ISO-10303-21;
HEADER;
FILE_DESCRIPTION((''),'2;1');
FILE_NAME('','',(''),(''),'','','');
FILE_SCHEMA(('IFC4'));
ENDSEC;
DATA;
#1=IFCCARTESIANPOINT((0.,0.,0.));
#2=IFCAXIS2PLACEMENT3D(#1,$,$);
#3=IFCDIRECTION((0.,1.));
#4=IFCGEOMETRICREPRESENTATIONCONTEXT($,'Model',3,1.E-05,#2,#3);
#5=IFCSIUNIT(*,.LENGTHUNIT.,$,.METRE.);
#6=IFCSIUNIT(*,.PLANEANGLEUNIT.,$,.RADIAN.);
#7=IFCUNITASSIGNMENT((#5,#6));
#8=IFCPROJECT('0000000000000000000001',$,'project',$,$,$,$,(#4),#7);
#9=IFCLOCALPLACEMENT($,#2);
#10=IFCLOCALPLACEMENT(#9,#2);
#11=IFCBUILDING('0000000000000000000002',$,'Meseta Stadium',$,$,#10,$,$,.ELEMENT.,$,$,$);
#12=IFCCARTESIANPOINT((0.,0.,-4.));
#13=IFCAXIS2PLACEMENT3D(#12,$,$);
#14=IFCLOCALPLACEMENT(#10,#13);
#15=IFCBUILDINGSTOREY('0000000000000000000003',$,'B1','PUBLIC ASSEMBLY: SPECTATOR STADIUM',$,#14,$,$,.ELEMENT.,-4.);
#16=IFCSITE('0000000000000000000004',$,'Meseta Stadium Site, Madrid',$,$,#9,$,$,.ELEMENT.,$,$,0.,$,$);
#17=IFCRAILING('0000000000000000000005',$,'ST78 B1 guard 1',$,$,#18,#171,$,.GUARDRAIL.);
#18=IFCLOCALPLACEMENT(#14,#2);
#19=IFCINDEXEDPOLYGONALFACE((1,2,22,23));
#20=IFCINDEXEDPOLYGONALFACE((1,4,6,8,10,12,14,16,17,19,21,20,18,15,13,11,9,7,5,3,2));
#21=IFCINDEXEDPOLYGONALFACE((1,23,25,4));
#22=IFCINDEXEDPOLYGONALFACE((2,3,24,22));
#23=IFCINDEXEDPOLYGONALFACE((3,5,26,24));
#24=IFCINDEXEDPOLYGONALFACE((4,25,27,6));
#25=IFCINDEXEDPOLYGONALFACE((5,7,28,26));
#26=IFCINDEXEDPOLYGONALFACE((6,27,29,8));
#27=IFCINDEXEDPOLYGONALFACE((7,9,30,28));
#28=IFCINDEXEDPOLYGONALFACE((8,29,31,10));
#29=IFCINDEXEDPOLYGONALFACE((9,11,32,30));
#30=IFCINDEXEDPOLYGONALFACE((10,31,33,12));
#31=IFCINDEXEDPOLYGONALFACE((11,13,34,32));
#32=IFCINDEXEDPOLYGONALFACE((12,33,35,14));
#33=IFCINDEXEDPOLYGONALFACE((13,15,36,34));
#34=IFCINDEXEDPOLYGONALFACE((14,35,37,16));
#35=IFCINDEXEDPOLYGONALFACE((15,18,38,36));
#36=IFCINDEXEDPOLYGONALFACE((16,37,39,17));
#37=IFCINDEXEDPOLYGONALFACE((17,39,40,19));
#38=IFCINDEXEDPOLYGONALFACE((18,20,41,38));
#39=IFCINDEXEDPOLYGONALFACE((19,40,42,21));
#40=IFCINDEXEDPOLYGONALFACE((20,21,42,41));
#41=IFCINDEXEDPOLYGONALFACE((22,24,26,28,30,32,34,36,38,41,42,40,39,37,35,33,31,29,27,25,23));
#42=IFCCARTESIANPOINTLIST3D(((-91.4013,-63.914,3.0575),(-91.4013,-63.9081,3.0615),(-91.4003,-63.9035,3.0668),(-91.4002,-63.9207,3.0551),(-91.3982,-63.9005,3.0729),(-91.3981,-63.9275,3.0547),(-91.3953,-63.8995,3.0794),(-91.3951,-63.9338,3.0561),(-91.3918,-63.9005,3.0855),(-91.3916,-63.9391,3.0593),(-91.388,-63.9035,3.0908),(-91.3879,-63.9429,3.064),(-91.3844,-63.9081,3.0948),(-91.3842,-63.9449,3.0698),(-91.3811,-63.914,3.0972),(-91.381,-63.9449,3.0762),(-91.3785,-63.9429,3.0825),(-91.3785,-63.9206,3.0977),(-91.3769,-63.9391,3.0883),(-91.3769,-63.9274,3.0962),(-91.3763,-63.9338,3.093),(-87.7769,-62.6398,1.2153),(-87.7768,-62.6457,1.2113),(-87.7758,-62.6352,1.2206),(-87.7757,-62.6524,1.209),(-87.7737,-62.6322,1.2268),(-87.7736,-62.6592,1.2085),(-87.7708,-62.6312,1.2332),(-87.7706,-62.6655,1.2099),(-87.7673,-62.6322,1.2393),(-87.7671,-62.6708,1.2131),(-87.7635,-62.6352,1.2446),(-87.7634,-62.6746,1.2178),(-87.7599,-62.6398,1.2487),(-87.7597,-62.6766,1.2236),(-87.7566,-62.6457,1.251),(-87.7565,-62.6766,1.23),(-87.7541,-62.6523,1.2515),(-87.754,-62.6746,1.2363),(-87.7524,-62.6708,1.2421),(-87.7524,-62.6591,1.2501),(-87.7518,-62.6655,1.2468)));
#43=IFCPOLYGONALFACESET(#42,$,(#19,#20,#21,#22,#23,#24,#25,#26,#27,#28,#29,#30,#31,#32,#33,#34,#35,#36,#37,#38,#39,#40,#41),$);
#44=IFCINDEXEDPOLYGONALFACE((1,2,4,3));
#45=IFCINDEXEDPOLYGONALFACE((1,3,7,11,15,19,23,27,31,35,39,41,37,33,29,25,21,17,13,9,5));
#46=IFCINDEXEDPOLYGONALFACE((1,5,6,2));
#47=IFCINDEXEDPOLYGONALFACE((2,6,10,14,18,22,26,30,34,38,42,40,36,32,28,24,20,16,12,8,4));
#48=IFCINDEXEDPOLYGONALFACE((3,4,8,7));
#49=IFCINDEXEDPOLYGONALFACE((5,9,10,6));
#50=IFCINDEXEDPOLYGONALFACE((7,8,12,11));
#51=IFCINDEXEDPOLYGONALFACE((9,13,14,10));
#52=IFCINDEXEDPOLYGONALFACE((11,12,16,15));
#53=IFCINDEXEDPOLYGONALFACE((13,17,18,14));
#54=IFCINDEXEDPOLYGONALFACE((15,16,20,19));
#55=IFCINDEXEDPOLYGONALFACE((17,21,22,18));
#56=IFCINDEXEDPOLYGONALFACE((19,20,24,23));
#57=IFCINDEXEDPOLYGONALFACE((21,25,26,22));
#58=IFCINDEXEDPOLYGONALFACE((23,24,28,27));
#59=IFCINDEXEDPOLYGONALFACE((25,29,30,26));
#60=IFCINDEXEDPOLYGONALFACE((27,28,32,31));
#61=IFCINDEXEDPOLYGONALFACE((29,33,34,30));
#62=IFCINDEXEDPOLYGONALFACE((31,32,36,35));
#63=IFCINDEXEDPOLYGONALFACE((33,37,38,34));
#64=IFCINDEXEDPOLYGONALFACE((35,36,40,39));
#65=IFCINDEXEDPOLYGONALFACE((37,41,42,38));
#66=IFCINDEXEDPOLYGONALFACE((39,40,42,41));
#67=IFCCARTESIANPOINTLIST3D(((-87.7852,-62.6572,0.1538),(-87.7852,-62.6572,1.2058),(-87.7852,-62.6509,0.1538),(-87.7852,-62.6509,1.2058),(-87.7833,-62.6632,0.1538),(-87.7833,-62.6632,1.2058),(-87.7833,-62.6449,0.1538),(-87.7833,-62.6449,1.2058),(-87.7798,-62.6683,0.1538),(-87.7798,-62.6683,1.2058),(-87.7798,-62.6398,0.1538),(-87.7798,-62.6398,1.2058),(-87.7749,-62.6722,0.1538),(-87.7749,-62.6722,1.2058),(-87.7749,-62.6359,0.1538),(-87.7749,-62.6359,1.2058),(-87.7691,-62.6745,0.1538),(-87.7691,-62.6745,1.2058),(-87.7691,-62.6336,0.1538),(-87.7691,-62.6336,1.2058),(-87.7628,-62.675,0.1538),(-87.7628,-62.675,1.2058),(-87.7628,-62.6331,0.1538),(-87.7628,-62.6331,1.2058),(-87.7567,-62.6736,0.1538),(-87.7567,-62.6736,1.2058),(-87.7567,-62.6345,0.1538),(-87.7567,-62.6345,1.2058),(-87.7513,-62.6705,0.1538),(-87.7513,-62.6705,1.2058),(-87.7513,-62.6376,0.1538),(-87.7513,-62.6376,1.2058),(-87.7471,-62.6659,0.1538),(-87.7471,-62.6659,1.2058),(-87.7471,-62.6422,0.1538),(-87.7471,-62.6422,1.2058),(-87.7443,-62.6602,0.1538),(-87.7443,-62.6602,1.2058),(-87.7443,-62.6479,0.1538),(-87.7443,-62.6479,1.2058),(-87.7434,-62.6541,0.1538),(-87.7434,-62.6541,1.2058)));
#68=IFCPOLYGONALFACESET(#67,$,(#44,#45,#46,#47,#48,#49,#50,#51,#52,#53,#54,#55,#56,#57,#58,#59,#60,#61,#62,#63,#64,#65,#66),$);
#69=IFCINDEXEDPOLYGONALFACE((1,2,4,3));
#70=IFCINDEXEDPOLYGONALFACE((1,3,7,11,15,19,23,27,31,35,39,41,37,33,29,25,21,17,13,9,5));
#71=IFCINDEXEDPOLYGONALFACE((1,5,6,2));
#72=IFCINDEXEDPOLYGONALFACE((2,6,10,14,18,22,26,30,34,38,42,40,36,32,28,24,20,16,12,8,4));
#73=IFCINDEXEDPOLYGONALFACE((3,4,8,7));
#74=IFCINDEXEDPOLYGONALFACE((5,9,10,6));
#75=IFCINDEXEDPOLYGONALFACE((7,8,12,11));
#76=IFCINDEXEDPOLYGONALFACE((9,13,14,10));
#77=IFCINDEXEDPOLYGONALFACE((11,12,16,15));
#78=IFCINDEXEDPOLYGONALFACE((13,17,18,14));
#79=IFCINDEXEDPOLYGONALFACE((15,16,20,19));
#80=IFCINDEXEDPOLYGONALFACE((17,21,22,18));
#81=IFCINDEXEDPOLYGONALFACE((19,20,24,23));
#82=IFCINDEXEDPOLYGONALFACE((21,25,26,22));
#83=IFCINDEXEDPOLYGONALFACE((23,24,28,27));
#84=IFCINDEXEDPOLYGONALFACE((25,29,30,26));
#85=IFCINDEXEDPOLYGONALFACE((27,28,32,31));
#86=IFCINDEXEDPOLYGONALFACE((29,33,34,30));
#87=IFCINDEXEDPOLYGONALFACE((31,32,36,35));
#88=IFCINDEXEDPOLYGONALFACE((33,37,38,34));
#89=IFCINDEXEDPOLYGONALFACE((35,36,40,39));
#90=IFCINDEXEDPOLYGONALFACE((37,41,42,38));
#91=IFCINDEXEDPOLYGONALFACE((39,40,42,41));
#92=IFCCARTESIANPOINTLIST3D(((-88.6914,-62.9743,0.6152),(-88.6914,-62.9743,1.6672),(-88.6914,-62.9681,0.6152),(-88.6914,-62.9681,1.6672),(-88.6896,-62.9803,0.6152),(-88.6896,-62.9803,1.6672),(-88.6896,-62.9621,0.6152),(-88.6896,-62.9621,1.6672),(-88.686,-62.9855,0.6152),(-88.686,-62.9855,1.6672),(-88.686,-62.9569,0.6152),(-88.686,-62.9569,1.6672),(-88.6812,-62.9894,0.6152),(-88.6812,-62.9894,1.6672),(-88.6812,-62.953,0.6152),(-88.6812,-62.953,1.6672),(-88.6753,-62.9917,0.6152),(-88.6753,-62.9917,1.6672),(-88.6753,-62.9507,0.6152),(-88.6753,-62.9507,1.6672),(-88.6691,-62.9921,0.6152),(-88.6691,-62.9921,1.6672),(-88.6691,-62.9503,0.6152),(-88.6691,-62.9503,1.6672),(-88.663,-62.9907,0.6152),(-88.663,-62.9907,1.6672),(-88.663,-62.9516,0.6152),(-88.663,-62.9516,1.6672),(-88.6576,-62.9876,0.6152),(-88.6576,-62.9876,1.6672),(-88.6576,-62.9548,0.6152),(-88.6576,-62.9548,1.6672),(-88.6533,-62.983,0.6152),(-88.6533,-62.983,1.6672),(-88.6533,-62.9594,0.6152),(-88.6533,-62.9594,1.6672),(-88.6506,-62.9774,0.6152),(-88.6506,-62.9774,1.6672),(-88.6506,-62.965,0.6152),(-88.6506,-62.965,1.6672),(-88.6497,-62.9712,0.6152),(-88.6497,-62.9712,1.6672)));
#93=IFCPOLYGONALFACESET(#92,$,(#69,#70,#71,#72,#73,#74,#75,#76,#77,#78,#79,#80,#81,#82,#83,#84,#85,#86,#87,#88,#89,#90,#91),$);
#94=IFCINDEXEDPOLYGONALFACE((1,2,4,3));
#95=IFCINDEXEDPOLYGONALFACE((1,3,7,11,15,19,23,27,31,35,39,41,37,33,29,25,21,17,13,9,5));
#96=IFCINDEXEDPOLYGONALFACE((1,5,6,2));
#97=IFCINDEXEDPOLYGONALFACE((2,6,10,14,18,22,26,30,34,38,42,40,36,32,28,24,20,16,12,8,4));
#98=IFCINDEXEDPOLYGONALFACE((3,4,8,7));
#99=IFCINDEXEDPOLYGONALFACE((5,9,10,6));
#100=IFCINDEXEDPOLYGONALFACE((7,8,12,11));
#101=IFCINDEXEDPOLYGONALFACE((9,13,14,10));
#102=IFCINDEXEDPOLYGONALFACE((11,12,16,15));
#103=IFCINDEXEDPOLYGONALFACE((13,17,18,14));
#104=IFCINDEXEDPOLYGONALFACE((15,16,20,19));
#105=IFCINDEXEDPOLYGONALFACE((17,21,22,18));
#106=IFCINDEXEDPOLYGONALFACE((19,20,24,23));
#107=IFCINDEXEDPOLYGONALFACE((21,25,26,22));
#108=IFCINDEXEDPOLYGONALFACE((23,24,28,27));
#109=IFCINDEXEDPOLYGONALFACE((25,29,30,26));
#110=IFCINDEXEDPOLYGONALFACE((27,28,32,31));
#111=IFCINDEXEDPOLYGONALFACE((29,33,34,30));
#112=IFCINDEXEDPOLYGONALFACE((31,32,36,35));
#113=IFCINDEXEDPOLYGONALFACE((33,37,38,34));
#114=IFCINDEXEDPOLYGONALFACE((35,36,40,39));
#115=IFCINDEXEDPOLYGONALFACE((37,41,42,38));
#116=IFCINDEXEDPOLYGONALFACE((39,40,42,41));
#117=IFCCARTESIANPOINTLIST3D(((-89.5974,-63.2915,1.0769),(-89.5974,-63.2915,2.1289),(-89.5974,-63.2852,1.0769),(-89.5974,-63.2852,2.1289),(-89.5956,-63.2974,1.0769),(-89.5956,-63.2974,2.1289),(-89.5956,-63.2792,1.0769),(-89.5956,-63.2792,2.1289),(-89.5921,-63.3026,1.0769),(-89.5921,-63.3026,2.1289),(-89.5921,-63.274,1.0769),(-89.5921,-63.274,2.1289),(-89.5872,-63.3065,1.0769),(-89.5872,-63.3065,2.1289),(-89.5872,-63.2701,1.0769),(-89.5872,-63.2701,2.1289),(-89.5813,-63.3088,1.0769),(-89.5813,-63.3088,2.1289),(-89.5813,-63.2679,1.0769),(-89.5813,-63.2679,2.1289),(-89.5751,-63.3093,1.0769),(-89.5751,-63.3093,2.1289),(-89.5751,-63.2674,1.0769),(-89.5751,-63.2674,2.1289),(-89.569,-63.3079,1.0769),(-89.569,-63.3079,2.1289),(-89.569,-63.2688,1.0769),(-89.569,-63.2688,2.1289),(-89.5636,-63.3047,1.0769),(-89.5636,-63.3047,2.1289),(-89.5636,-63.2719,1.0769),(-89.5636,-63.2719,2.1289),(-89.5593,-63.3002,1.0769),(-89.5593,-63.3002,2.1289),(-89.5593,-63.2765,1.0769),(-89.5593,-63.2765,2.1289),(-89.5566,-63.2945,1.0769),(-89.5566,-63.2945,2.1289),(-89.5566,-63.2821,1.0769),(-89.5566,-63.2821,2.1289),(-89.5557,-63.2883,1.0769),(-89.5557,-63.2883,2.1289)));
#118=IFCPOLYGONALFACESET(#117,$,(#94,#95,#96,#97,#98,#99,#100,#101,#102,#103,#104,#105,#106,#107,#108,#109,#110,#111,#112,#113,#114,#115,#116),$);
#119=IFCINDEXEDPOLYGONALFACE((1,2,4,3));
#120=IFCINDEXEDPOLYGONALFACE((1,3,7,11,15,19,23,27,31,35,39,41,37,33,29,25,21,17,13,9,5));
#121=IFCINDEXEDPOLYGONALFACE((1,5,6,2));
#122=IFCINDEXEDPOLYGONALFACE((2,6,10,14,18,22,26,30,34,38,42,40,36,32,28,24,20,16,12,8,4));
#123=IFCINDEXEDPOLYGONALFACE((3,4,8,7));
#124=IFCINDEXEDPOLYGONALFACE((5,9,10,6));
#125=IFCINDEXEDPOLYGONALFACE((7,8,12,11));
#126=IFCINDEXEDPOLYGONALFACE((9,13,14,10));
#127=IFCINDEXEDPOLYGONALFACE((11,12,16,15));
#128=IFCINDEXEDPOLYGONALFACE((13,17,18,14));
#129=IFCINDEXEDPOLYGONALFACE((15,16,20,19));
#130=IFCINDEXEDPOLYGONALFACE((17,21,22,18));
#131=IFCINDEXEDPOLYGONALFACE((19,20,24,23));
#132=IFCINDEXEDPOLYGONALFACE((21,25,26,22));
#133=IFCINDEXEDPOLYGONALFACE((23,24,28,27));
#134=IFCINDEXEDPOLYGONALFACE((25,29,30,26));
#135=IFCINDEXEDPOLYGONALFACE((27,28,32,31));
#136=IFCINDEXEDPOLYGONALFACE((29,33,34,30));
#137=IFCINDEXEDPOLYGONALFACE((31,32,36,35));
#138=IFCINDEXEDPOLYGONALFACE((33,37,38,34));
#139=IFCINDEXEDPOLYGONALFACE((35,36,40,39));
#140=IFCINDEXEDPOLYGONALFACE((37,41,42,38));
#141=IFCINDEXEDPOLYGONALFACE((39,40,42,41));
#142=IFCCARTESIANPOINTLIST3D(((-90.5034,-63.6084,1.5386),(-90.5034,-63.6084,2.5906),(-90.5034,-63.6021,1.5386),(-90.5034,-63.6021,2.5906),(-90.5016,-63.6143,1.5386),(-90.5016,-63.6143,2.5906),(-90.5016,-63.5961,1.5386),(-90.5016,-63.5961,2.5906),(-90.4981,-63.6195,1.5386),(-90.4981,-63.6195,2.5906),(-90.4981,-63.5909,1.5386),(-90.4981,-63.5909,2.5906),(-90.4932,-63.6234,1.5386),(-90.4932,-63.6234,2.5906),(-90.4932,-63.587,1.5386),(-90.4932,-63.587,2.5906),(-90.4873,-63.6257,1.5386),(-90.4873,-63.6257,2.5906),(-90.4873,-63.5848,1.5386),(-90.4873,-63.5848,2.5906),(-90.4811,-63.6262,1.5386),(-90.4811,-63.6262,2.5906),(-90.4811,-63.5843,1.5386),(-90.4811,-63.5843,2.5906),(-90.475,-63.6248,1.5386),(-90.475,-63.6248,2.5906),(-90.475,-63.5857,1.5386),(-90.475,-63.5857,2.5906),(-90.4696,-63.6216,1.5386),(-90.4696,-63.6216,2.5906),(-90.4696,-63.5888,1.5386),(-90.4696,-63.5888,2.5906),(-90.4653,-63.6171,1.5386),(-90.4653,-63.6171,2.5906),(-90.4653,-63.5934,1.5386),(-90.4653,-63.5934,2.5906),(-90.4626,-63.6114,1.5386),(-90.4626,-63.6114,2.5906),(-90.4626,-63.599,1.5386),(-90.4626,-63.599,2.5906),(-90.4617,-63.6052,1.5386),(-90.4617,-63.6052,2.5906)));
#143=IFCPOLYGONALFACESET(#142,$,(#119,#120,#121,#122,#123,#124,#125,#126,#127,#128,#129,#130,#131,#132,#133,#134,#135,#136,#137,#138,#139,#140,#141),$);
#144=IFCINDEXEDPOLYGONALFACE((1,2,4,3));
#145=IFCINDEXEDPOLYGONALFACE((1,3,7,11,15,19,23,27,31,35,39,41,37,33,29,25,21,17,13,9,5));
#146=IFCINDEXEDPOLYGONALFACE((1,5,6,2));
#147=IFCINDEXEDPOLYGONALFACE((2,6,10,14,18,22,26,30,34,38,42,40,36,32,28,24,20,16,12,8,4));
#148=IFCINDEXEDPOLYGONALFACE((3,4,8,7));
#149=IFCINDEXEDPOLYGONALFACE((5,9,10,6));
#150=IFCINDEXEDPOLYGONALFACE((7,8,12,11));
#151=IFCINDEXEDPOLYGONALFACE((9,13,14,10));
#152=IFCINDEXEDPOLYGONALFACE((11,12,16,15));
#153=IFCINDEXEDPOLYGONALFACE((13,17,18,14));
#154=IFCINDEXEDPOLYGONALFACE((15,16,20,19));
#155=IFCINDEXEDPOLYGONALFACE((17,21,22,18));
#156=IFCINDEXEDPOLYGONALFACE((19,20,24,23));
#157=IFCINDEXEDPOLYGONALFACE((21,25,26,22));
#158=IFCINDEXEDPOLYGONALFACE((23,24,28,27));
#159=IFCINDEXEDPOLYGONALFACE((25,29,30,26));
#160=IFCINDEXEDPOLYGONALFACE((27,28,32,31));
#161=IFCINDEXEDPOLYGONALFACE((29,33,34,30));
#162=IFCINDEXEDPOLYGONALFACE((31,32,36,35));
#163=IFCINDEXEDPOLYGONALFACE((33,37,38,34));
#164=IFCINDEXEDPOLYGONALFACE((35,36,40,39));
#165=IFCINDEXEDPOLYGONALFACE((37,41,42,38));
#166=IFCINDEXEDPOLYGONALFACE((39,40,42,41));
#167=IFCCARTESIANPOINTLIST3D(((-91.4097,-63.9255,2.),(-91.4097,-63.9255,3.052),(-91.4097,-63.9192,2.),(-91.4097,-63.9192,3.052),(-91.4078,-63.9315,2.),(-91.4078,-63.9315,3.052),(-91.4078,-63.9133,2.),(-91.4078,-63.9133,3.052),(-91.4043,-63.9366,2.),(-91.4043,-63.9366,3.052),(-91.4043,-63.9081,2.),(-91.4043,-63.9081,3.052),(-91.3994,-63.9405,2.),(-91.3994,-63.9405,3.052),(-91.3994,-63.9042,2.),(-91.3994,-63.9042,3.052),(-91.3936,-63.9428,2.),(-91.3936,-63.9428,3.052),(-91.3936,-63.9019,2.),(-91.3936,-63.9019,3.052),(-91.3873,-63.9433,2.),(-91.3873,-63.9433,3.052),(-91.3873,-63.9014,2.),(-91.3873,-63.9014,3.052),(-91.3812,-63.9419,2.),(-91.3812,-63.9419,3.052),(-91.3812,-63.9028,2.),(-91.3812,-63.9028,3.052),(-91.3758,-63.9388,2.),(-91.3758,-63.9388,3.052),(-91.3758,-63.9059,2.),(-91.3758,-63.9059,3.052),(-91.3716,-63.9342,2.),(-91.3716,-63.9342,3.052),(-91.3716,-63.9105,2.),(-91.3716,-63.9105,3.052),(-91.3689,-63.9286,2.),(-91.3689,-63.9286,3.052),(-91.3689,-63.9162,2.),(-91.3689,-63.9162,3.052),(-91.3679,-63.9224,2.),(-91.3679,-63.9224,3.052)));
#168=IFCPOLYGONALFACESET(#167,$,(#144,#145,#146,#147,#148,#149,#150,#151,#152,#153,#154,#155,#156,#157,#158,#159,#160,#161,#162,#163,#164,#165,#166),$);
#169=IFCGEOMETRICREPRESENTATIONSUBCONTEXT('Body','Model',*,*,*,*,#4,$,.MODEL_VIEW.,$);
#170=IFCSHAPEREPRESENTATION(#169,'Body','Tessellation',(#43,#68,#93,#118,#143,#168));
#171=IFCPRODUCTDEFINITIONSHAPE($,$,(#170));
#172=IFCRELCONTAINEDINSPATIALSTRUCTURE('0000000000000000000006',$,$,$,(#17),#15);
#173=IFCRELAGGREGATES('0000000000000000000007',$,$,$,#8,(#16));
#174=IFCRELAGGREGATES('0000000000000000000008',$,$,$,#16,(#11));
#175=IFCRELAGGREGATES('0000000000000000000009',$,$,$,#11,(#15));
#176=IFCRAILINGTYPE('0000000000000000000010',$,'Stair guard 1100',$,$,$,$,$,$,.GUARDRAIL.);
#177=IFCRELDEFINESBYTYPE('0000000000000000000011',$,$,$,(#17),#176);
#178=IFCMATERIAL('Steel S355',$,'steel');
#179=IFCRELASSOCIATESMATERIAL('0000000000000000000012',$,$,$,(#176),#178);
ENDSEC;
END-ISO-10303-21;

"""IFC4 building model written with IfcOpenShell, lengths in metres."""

from ifc_helpers import new_model, si_unit, direction, frame, origin, origin_2d, place, context, subcontext, project, spatial, circle, extrude, material, type_object, element, save


model = new_model("IFC4")

# Units and contexts
model_context = context("Model", 3, precision=1e-05, world=origin(), true_north=direction((0.0, 1.0)))
body_context = subcontext(model_context, "Body", "Model", "MODEL_VIEW")
ifc_project = project(units=[si_unit("LENGTHUNIT", "METRE"), si_unit("PLANEANGLEUNIT", "RADIAN")], contexts=[model_context])

# Site, building, storey
site_placement = place(None, origin())
site = spatial("IfcSite", under=ifc_project, at=site_placement, Name="Meseta Stadium Site, Madrid", CompositionType="ELEMENT", RefElevation=0.0)
building_placement = place(site_placement, origin())
building = spatial("IfcBuilding", under=site, at=building_placement, Name="Meseta Stadium", CompositionType="ELEMENT")
storey_placement = place(building_placement, frame((0.0, 0.0, -4.0)))
storey = spatial("IfcBuildingStorey", under=building, at=storey_placement, Name="B1", Description="PUBLIC ASSEMBLY: SPECTATOR STADIUM", CompositionType="ELEMENT", Elevation=-4.0)

# Railing
ifc_material_1 = material(Name="Steel S355", Category="steel")
railing_type_1 = type_object("IfcRailingType", Name="Stair guard 1100", PredefinedType="GUARDRAIL", material=ifc_material_1)
railing_1_placement = place(storey_placement, frame((-87.7644, -62.6541, 0.1538)))
element("IfcRailing", 1, at=railing_1_placement, inside=storey, type_object=railing_type_1, Name="ST78 B1 guard 1", PredefinedType="GUARDRAIL", context=body_context, shape_type="SweptSolid", body=[
    extrude(circle(Radius=0.0239, at=origin_2d()), frame((0.0, 0.0, 1.0762), z_axis=(-0.850672, -0.297672, 0.4333), x_axis=(0.330288, -0.94388, 0.0)), (0.0, 0.0, 1.0), 4.2607),
    extrude(circle(Radius=0.021, at=origin_2d()), origin(), (0.0, 0.0, 1.0), 1.052),
    extrude(circle(Radius=0.021, at=origin_2d()), frame((-0.9062, -0.3171, 0.4614)), (0.0, 0.0, 1.0), 1.052),
    extrude(circle(Radius=0.021, at=origin_2d()), frame((-1.8123, -0.6343, 0.9231)), (0.0, 0.0, 1.0), 1.052),
    extrude(circle(Radius=0.021, at=origin_2d()), frame((-2.7183, -0.9512, 1.3848)), (0.0, 0.0, 1.0), 1.052),
    extrude(circle(Radius=0.021, at=origin_2d()), frame((-3.6245, -1.2683, 1.8462)), (0.0, 0.0, 1.0), 1.052),
])

save(model, "model.ifc")
